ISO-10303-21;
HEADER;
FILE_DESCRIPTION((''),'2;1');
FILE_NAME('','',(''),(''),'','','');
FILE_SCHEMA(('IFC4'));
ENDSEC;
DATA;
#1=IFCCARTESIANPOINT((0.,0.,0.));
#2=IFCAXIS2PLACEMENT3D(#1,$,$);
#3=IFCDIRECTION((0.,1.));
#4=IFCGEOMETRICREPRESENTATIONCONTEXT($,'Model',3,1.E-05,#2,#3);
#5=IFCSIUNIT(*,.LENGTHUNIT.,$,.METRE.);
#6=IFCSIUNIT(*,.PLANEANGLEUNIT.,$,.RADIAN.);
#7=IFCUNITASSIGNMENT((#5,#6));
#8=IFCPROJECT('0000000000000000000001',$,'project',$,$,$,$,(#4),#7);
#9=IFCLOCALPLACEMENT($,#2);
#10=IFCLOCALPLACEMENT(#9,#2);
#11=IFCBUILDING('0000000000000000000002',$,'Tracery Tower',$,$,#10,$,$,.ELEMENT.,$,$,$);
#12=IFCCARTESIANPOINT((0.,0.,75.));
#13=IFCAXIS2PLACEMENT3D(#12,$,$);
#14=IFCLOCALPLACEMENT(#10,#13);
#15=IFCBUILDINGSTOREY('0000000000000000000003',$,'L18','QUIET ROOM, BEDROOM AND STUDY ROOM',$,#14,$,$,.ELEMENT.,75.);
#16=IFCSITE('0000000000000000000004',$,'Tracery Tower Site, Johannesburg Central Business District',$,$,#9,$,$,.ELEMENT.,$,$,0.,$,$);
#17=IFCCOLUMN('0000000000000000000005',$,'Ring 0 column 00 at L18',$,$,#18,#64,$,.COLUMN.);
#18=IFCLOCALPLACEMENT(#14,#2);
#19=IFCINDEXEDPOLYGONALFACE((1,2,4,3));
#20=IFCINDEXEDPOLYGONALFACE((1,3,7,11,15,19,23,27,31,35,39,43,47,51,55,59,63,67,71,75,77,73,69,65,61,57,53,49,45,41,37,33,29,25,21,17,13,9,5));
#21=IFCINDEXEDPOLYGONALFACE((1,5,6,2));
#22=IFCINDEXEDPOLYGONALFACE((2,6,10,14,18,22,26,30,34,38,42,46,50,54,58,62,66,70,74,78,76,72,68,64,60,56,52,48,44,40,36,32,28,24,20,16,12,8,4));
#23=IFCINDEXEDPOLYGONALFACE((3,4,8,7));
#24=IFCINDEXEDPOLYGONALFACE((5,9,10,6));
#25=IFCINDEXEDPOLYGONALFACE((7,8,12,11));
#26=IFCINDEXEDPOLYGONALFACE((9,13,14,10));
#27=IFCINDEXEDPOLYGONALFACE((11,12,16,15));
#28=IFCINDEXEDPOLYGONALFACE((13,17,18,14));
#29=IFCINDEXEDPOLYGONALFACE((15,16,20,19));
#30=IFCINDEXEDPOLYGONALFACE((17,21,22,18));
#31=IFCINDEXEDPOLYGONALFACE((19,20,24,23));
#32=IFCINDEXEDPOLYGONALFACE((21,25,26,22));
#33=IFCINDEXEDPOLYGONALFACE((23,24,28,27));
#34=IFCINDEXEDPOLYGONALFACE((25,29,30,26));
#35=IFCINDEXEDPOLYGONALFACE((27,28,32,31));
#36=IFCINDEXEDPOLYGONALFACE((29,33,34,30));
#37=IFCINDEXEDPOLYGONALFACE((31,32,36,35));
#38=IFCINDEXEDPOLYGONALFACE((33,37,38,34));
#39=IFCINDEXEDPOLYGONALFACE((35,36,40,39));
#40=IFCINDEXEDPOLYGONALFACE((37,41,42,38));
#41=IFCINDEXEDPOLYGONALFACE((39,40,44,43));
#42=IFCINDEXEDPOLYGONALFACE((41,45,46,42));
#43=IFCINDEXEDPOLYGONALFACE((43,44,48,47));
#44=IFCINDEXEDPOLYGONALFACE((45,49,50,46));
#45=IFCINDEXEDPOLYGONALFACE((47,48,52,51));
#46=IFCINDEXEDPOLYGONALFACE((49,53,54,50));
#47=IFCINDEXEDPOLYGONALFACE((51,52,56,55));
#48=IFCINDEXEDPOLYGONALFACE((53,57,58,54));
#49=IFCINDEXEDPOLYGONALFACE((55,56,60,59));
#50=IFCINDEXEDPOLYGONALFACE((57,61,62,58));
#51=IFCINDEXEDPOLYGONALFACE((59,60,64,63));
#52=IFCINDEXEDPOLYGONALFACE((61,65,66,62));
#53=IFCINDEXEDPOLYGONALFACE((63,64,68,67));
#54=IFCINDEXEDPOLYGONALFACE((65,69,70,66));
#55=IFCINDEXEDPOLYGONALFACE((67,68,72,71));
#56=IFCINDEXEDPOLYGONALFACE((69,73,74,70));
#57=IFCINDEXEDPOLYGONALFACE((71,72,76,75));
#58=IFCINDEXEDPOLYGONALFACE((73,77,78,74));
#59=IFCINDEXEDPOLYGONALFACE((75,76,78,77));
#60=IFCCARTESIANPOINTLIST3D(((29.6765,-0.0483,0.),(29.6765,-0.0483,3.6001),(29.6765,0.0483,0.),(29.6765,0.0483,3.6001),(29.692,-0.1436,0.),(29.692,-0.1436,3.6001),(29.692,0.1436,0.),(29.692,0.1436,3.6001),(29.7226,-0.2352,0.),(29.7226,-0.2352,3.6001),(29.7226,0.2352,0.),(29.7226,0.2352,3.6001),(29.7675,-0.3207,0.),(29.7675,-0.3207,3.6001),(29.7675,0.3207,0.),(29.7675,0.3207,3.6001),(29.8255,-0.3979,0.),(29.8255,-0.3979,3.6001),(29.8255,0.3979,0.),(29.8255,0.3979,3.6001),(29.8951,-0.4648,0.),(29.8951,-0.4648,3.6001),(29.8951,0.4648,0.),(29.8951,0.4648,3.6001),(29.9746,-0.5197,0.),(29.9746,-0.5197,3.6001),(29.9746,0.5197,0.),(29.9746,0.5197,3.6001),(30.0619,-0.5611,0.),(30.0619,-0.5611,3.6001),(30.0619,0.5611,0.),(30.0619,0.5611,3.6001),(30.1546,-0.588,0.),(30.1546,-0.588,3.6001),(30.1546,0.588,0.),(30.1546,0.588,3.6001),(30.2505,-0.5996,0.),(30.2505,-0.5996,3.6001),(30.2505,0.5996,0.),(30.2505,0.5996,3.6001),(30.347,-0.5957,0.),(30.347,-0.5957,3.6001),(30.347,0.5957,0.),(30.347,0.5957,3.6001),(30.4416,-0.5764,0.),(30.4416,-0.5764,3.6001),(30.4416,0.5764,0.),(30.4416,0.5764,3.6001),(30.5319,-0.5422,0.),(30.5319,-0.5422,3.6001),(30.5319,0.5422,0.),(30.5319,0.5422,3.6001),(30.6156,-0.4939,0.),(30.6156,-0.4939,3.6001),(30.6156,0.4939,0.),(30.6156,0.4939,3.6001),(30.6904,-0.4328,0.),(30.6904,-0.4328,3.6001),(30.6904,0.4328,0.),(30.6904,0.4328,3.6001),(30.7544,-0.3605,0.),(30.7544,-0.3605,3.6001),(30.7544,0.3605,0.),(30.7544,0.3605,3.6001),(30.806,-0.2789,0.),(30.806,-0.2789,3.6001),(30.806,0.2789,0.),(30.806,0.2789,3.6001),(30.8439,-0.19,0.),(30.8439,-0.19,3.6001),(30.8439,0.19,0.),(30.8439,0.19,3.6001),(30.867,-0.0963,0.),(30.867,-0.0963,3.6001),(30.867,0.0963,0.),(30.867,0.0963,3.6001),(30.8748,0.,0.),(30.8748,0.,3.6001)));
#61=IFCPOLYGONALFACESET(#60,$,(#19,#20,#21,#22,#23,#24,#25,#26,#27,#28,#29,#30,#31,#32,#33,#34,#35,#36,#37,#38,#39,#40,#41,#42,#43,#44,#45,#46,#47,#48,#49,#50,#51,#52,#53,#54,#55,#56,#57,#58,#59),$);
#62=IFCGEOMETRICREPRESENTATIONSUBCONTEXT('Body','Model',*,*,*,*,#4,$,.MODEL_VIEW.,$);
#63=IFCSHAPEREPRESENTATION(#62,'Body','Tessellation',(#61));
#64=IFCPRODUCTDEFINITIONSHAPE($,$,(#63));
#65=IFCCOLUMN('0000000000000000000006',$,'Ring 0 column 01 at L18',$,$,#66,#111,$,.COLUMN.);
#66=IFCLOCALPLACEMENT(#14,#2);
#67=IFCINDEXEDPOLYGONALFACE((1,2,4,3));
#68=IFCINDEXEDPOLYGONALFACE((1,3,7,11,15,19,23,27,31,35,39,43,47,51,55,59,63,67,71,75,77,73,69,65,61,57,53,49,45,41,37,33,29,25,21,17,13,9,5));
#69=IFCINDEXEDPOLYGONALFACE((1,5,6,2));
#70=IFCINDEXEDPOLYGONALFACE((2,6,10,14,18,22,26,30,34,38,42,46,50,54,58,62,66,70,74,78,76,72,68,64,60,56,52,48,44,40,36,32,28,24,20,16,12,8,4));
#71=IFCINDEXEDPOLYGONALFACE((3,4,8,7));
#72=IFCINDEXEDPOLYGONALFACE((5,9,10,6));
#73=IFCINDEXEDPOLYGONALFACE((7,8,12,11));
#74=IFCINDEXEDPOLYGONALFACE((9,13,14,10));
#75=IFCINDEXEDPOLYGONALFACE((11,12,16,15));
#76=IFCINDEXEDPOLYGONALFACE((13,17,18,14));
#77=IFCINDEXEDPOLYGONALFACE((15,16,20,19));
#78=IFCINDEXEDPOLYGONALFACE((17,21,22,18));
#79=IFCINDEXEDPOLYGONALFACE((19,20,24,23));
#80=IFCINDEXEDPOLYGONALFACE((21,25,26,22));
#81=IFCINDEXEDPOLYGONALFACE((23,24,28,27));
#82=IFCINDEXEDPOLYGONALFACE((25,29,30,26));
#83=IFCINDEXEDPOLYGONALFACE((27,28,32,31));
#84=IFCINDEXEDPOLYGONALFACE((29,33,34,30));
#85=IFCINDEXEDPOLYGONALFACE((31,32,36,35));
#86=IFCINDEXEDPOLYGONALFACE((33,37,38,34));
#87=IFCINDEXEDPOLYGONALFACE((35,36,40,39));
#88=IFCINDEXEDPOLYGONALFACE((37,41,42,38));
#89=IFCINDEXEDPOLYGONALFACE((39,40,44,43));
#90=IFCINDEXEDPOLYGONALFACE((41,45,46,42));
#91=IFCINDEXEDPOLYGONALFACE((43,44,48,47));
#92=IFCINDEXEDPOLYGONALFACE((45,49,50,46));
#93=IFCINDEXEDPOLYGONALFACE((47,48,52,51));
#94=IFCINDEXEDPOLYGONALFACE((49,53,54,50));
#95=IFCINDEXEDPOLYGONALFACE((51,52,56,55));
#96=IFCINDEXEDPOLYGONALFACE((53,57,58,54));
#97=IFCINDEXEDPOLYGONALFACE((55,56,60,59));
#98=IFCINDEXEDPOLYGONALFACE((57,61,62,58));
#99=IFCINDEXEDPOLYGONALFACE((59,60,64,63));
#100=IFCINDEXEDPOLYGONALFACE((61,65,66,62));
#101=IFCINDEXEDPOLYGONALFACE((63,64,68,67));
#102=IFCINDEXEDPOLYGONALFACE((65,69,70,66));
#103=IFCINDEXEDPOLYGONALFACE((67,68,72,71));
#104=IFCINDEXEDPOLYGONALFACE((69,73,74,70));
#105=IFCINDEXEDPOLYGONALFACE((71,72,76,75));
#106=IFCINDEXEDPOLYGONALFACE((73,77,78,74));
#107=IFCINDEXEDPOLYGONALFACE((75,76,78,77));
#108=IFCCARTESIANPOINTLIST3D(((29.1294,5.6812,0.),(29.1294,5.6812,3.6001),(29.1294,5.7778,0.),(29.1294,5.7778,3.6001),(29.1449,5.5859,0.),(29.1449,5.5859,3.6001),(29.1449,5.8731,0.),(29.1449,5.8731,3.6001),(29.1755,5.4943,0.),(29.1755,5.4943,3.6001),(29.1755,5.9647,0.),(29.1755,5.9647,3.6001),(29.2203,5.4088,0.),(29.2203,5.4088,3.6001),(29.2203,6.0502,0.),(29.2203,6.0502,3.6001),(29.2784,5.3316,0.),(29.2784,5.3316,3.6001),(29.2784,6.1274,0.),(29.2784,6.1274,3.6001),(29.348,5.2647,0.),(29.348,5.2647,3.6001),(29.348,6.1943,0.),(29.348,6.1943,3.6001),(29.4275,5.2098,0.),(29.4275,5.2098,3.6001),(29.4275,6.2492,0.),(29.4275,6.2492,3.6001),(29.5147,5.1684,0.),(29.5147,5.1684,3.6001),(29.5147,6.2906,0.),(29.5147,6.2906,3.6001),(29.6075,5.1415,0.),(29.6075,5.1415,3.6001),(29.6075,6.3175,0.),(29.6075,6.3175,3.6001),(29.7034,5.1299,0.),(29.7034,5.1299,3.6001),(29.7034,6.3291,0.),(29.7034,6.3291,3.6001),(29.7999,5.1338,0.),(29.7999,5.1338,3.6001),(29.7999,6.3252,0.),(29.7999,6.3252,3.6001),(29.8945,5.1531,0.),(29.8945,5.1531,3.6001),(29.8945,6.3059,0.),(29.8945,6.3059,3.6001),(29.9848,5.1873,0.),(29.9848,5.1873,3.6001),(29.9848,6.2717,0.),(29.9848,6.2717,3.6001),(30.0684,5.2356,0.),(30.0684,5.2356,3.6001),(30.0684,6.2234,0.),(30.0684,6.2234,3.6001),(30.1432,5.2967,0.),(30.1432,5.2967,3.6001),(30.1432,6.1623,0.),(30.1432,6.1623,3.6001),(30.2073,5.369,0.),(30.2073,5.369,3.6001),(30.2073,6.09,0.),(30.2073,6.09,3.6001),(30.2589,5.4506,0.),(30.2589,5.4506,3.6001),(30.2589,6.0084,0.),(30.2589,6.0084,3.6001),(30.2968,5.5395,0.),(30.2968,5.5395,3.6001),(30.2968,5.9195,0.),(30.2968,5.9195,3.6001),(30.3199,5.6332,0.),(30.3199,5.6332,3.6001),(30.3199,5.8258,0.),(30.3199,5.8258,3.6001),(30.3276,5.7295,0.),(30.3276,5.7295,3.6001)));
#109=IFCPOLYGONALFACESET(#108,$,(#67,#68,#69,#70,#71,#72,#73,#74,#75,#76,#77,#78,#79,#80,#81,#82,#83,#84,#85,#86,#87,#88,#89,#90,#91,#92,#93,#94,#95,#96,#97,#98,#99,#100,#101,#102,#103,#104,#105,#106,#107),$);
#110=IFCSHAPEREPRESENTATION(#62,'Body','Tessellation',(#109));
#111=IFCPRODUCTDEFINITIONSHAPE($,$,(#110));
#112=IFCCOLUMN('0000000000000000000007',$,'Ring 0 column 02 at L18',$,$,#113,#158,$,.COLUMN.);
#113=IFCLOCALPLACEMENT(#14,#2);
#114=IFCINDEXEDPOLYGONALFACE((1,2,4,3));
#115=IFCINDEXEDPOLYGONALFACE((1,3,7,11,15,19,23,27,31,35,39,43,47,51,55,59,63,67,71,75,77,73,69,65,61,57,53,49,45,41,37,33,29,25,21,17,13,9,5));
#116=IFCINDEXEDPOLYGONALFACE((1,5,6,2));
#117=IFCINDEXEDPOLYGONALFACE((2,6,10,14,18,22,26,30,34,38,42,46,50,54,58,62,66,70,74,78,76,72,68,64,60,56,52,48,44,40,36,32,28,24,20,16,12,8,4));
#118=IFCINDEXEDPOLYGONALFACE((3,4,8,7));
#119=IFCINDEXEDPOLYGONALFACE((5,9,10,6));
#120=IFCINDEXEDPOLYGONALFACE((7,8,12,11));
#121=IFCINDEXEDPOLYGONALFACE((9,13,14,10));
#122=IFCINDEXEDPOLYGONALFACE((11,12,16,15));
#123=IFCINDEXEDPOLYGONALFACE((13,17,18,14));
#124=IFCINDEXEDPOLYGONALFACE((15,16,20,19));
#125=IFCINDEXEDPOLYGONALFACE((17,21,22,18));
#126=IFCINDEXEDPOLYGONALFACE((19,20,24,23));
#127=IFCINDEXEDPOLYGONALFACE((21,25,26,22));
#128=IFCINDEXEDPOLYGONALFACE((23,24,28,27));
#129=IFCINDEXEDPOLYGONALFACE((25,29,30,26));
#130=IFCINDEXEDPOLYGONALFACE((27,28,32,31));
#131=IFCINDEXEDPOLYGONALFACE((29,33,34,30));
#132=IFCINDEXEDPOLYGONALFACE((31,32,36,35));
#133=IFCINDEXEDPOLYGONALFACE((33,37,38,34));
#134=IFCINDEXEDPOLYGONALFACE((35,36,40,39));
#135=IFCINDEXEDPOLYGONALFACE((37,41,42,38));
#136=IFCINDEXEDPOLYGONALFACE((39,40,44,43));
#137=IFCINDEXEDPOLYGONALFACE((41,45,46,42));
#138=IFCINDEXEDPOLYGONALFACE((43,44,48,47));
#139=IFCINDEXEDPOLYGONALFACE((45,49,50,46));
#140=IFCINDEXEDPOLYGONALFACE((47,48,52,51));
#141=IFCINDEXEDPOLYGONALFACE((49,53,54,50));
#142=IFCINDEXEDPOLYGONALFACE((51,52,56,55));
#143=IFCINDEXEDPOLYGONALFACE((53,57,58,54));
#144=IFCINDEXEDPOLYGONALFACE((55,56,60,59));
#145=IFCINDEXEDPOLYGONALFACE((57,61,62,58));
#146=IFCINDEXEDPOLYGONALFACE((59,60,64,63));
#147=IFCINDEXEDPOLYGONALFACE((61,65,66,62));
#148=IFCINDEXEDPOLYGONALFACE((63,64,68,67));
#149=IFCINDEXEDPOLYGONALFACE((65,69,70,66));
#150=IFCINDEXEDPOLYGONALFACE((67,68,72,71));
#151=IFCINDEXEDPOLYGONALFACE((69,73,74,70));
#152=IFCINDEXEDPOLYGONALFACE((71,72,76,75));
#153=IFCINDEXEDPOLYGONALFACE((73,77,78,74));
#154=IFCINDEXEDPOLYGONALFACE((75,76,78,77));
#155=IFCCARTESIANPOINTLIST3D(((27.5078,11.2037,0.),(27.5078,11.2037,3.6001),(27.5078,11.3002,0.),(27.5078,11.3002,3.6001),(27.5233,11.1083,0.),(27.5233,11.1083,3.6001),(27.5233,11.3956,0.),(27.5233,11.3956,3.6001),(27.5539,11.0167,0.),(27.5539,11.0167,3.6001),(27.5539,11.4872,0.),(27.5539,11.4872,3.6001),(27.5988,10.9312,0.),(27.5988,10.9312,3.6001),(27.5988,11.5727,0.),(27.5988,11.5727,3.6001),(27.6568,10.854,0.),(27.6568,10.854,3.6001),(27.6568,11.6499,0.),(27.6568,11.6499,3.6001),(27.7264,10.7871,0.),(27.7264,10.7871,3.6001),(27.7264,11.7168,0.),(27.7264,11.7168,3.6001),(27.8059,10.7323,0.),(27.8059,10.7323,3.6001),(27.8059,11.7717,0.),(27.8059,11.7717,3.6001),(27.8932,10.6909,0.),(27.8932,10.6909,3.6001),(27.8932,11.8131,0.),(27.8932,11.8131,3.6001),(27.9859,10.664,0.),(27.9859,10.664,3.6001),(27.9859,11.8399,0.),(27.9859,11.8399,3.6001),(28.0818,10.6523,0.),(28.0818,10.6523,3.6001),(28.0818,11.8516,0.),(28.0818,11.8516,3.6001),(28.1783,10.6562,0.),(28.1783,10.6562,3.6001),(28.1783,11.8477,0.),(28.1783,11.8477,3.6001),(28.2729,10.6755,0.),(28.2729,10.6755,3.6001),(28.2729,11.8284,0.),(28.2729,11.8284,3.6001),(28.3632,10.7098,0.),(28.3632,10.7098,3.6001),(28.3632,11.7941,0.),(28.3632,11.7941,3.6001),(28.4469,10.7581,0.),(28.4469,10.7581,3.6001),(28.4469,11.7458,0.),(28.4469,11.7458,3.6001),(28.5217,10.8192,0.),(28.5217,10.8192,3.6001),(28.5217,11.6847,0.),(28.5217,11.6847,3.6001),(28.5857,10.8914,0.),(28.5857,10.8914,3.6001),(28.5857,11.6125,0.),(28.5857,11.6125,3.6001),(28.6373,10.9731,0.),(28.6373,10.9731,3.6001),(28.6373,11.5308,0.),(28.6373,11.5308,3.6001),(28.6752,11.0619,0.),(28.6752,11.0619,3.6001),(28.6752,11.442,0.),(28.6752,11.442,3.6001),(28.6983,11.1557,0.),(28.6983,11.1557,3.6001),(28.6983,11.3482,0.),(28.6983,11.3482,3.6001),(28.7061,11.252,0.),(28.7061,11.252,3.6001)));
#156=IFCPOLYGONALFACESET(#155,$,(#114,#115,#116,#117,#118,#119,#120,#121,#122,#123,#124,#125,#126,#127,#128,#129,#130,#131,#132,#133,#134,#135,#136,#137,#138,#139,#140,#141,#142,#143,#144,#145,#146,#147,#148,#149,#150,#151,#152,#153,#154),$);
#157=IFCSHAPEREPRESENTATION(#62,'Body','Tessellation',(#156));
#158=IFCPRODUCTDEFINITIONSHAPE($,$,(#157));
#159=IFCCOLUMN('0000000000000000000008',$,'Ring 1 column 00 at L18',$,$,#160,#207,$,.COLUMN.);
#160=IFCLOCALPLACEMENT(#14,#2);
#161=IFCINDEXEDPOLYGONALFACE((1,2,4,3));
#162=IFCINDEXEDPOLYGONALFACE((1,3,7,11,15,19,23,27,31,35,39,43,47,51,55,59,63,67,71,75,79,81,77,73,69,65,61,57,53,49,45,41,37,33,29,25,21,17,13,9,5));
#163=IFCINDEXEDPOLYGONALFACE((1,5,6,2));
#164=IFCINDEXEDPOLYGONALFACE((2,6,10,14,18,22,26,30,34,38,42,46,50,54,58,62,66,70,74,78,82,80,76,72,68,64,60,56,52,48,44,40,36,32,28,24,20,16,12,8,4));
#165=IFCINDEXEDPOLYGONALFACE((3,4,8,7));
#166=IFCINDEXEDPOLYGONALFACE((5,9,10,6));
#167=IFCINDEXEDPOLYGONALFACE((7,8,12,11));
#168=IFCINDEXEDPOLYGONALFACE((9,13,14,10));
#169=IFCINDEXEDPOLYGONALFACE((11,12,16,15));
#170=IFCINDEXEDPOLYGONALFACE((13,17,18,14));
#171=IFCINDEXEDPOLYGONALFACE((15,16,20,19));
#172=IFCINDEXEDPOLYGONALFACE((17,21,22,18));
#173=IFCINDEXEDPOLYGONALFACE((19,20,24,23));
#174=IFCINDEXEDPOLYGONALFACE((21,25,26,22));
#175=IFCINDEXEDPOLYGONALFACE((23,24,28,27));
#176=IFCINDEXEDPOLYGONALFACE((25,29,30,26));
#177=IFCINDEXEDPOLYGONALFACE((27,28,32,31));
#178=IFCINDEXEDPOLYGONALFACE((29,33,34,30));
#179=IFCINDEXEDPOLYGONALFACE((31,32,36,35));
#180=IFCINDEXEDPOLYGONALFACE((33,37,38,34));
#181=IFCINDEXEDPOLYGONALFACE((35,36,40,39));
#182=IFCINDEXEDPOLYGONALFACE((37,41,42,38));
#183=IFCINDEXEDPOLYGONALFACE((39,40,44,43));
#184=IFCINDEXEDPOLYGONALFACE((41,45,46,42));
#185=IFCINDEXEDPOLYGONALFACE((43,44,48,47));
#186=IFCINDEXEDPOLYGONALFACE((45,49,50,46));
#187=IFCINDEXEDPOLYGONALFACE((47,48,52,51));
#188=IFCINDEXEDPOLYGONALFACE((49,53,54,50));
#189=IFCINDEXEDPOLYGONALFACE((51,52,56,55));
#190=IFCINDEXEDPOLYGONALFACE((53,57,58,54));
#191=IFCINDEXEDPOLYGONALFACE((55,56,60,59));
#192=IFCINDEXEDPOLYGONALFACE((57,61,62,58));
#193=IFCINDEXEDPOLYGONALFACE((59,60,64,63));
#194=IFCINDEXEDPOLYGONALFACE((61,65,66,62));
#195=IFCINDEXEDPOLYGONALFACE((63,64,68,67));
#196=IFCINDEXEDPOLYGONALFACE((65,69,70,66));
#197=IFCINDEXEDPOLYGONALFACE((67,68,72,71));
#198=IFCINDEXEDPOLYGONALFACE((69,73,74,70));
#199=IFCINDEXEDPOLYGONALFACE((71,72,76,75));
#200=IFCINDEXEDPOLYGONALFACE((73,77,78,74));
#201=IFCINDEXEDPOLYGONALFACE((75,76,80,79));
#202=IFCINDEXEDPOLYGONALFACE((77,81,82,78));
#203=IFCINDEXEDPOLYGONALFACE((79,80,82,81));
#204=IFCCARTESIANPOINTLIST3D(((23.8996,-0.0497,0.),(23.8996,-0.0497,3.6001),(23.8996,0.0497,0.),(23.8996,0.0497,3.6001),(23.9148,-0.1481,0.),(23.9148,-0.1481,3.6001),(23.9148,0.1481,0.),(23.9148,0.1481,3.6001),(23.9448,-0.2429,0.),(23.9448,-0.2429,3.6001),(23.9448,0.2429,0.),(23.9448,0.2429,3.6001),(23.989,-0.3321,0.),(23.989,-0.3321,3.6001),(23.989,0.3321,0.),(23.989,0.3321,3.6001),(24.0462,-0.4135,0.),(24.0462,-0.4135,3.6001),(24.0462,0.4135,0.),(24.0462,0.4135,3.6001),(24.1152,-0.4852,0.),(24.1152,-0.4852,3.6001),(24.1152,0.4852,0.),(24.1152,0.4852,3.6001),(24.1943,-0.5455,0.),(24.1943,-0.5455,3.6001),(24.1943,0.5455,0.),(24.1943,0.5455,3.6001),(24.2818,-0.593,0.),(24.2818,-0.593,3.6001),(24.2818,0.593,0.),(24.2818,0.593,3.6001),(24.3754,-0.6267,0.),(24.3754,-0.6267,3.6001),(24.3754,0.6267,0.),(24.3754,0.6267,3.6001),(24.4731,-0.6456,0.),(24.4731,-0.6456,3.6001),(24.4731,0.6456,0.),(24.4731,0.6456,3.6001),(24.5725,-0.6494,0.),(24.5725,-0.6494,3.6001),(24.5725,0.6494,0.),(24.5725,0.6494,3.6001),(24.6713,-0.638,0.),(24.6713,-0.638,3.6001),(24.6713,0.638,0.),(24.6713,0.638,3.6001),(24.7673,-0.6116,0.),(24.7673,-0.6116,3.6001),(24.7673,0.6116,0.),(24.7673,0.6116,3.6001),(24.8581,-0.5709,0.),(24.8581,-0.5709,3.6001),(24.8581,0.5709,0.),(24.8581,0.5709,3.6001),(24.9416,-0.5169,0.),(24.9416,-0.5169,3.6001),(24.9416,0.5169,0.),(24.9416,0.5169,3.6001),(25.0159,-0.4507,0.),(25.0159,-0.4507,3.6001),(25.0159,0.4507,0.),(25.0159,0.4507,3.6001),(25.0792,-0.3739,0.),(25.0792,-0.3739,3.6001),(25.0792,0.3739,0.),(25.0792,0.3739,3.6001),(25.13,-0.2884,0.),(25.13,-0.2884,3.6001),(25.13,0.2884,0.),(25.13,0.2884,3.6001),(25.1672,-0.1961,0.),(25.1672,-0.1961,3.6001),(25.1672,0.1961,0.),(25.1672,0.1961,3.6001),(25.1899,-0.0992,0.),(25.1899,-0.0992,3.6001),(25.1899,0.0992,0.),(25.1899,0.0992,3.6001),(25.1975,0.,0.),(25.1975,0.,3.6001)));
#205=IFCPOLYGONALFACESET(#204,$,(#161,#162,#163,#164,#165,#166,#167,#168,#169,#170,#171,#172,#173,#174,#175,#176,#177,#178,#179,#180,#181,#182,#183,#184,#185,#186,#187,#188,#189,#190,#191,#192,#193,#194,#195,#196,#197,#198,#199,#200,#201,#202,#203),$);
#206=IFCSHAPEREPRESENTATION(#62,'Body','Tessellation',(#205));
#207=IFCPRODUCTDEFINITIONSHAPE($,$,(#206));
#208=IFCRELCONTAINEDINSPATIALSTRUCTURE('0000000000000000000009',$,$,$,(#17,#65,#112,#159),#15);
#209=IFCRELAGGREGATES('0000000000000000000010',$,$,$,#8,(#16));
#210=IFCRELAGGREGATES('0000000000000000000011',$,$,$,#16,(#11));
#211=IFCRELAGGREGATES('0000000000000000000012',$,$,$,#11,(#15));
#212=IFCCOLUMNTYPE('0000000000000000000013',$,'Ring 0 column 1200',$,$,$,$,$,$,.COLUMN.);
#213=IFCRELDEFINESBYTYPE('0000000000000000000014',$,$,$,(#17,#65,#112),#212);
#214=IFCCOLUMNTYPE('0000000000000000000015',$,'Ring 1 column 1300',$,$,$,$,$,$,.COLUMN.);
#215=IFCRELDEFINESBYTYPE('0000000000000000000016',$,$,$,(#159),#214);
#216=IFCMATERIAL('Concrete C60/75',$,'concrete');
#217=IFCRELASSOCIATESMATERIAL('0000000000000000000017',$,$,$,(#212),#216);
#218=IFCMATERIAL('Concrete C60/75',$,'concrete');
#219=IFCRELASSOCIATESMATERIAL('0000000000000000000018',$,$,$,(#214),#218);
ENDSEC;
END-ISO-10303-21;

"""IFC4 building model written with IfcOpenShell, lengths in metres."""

from ifc_helpers import new_model, si_unit, direction, frame, origin, origin_2d, place, context, subcontext, project, spatial, circle, extrude, material, material_profile, profile_set, type_object, element, save


model = new_model("IFC4")

# Units and contexts
model_context = context("Model", 3, precision=1e-05, world=origin(), true_north=direction((0.0, 1.0)))
body_context = subcontext(model_context, "Body", "Model", "MODEL_VIEW")
ifc_project = project(units=[si_unit("LENGTHUNIT", "METRE"), si_unit("PLANEANGLEUNIT", "RADIAN")], contexts=[model_context])

# Site, building, storey
site_placement = place(None, origin())
site = spatial("IfcSite", under=ifc_project, at=site_placement, Name="Tracery Tower Site, Johannesburg Central Business District", CompositionType="ELEMENT", RefElevation=0.0)
building_placement = place(site_placement, origin())
building = spatial("IfcBuilding", under=site, at=building_placement, Name="Tracery Tower", CompositionType="ELEMENT")
storey_placement = place(building_placement, frame((0.0, 0.0, 75.0)))
storey = spatial("IfcBuildingStorey", under=building, at=storey_placement, Name="L18", Description="QUIET ROOM, BEDROOM AND STUDY ROOM", CompositionType="ELEMENT", Elevation=75.0)

# Columns
ifc_material_1 = material(Name="Concrete C60/75", Category="concrete")
ifc_material_profile_1 = material_profile(ifc_material_1, circle(Radius=0.6001, at=origin_2d()), Name="RC D1200")
ifc_profile_set_1 = profile_set([ifc_material_profile_1], Name="Concrete C60/75")
column_type_1 = type_object("IfcColumnType", Name="Ring 0 column 1200", PredefinedType="COLUMN", material=ifc_profile_set_1)
for number, where, z_axis, x_axis, name in (
    (1, (30.2747, 0.0, 0.0), (0.0, 0.0, 1.0), (1.0, 0.0, 0.0), "Ring 0 column 00 at L18"),
    (2, (29.7275, 5.7295, 0.0), (0.0, 0.0, 1.0), (1.0, 0.0, 0.0), "Ring 0 column 01 at L18"),
    (3, (28.106, 11.252, 0.0), (0.0, 0.0, 1.0), (1.0, 0.0, 0.0), "Ring 0 column 02 at L18"),
):
    element("IfcColumn", number, at=place(storey_placement, frame(where, z_axis=z_axis, x_axis=x_axis)), inside=storey, type_object=column_type_1, Name=name, PredefinedType="COLUMN", context=body_context, shape_type="SweptSolid", body=[
        extrude(circle(Radius=0.6001, at=origin_2d()), origin(), (0.0, 0.0, 1.0), 3.6001),
    ])
ifc_material_2 = material(Name="Concrete C60/75", Category="concrete")
ifc_material_profile_2 = material_profile(ifc_material_2, circle(Radius=0.6499, at=origin_2d()), Name="RC D1300")
ifc_profile_set_2 = profile_set([ifc_material_profile_2], Name="Concrete C60/75")
column_type_2 = type_object("IfcColumnType", Name="Ring 1 column 1300", PredefinedType="COLUMN", material=ifc_profile_set_2)
for number, where, z_axis, x_axis, name in (
    (4, (24.5476, 0.0, 0.0), (0.0, 0.0, 1.0), (1.0, 0.0, 0.0), "Ring 1 column 00 at L18"),
):
    element("IfcColumn", number, at=place(storey_placement, frame(where, z_axis=z_axis, x_axis=x_axis)), inside=storey, type_object=column_type_2, Name=name, PredefinedType="COLUMN", context=body_context, shape_type="SweptSolid", body=[
        extrude(circle(Radius=0.6499, at=origin_2d()), origin(), (0.0, 0.0, 1.0), 3.6001),
    ])

save(model, "model.ifc")
